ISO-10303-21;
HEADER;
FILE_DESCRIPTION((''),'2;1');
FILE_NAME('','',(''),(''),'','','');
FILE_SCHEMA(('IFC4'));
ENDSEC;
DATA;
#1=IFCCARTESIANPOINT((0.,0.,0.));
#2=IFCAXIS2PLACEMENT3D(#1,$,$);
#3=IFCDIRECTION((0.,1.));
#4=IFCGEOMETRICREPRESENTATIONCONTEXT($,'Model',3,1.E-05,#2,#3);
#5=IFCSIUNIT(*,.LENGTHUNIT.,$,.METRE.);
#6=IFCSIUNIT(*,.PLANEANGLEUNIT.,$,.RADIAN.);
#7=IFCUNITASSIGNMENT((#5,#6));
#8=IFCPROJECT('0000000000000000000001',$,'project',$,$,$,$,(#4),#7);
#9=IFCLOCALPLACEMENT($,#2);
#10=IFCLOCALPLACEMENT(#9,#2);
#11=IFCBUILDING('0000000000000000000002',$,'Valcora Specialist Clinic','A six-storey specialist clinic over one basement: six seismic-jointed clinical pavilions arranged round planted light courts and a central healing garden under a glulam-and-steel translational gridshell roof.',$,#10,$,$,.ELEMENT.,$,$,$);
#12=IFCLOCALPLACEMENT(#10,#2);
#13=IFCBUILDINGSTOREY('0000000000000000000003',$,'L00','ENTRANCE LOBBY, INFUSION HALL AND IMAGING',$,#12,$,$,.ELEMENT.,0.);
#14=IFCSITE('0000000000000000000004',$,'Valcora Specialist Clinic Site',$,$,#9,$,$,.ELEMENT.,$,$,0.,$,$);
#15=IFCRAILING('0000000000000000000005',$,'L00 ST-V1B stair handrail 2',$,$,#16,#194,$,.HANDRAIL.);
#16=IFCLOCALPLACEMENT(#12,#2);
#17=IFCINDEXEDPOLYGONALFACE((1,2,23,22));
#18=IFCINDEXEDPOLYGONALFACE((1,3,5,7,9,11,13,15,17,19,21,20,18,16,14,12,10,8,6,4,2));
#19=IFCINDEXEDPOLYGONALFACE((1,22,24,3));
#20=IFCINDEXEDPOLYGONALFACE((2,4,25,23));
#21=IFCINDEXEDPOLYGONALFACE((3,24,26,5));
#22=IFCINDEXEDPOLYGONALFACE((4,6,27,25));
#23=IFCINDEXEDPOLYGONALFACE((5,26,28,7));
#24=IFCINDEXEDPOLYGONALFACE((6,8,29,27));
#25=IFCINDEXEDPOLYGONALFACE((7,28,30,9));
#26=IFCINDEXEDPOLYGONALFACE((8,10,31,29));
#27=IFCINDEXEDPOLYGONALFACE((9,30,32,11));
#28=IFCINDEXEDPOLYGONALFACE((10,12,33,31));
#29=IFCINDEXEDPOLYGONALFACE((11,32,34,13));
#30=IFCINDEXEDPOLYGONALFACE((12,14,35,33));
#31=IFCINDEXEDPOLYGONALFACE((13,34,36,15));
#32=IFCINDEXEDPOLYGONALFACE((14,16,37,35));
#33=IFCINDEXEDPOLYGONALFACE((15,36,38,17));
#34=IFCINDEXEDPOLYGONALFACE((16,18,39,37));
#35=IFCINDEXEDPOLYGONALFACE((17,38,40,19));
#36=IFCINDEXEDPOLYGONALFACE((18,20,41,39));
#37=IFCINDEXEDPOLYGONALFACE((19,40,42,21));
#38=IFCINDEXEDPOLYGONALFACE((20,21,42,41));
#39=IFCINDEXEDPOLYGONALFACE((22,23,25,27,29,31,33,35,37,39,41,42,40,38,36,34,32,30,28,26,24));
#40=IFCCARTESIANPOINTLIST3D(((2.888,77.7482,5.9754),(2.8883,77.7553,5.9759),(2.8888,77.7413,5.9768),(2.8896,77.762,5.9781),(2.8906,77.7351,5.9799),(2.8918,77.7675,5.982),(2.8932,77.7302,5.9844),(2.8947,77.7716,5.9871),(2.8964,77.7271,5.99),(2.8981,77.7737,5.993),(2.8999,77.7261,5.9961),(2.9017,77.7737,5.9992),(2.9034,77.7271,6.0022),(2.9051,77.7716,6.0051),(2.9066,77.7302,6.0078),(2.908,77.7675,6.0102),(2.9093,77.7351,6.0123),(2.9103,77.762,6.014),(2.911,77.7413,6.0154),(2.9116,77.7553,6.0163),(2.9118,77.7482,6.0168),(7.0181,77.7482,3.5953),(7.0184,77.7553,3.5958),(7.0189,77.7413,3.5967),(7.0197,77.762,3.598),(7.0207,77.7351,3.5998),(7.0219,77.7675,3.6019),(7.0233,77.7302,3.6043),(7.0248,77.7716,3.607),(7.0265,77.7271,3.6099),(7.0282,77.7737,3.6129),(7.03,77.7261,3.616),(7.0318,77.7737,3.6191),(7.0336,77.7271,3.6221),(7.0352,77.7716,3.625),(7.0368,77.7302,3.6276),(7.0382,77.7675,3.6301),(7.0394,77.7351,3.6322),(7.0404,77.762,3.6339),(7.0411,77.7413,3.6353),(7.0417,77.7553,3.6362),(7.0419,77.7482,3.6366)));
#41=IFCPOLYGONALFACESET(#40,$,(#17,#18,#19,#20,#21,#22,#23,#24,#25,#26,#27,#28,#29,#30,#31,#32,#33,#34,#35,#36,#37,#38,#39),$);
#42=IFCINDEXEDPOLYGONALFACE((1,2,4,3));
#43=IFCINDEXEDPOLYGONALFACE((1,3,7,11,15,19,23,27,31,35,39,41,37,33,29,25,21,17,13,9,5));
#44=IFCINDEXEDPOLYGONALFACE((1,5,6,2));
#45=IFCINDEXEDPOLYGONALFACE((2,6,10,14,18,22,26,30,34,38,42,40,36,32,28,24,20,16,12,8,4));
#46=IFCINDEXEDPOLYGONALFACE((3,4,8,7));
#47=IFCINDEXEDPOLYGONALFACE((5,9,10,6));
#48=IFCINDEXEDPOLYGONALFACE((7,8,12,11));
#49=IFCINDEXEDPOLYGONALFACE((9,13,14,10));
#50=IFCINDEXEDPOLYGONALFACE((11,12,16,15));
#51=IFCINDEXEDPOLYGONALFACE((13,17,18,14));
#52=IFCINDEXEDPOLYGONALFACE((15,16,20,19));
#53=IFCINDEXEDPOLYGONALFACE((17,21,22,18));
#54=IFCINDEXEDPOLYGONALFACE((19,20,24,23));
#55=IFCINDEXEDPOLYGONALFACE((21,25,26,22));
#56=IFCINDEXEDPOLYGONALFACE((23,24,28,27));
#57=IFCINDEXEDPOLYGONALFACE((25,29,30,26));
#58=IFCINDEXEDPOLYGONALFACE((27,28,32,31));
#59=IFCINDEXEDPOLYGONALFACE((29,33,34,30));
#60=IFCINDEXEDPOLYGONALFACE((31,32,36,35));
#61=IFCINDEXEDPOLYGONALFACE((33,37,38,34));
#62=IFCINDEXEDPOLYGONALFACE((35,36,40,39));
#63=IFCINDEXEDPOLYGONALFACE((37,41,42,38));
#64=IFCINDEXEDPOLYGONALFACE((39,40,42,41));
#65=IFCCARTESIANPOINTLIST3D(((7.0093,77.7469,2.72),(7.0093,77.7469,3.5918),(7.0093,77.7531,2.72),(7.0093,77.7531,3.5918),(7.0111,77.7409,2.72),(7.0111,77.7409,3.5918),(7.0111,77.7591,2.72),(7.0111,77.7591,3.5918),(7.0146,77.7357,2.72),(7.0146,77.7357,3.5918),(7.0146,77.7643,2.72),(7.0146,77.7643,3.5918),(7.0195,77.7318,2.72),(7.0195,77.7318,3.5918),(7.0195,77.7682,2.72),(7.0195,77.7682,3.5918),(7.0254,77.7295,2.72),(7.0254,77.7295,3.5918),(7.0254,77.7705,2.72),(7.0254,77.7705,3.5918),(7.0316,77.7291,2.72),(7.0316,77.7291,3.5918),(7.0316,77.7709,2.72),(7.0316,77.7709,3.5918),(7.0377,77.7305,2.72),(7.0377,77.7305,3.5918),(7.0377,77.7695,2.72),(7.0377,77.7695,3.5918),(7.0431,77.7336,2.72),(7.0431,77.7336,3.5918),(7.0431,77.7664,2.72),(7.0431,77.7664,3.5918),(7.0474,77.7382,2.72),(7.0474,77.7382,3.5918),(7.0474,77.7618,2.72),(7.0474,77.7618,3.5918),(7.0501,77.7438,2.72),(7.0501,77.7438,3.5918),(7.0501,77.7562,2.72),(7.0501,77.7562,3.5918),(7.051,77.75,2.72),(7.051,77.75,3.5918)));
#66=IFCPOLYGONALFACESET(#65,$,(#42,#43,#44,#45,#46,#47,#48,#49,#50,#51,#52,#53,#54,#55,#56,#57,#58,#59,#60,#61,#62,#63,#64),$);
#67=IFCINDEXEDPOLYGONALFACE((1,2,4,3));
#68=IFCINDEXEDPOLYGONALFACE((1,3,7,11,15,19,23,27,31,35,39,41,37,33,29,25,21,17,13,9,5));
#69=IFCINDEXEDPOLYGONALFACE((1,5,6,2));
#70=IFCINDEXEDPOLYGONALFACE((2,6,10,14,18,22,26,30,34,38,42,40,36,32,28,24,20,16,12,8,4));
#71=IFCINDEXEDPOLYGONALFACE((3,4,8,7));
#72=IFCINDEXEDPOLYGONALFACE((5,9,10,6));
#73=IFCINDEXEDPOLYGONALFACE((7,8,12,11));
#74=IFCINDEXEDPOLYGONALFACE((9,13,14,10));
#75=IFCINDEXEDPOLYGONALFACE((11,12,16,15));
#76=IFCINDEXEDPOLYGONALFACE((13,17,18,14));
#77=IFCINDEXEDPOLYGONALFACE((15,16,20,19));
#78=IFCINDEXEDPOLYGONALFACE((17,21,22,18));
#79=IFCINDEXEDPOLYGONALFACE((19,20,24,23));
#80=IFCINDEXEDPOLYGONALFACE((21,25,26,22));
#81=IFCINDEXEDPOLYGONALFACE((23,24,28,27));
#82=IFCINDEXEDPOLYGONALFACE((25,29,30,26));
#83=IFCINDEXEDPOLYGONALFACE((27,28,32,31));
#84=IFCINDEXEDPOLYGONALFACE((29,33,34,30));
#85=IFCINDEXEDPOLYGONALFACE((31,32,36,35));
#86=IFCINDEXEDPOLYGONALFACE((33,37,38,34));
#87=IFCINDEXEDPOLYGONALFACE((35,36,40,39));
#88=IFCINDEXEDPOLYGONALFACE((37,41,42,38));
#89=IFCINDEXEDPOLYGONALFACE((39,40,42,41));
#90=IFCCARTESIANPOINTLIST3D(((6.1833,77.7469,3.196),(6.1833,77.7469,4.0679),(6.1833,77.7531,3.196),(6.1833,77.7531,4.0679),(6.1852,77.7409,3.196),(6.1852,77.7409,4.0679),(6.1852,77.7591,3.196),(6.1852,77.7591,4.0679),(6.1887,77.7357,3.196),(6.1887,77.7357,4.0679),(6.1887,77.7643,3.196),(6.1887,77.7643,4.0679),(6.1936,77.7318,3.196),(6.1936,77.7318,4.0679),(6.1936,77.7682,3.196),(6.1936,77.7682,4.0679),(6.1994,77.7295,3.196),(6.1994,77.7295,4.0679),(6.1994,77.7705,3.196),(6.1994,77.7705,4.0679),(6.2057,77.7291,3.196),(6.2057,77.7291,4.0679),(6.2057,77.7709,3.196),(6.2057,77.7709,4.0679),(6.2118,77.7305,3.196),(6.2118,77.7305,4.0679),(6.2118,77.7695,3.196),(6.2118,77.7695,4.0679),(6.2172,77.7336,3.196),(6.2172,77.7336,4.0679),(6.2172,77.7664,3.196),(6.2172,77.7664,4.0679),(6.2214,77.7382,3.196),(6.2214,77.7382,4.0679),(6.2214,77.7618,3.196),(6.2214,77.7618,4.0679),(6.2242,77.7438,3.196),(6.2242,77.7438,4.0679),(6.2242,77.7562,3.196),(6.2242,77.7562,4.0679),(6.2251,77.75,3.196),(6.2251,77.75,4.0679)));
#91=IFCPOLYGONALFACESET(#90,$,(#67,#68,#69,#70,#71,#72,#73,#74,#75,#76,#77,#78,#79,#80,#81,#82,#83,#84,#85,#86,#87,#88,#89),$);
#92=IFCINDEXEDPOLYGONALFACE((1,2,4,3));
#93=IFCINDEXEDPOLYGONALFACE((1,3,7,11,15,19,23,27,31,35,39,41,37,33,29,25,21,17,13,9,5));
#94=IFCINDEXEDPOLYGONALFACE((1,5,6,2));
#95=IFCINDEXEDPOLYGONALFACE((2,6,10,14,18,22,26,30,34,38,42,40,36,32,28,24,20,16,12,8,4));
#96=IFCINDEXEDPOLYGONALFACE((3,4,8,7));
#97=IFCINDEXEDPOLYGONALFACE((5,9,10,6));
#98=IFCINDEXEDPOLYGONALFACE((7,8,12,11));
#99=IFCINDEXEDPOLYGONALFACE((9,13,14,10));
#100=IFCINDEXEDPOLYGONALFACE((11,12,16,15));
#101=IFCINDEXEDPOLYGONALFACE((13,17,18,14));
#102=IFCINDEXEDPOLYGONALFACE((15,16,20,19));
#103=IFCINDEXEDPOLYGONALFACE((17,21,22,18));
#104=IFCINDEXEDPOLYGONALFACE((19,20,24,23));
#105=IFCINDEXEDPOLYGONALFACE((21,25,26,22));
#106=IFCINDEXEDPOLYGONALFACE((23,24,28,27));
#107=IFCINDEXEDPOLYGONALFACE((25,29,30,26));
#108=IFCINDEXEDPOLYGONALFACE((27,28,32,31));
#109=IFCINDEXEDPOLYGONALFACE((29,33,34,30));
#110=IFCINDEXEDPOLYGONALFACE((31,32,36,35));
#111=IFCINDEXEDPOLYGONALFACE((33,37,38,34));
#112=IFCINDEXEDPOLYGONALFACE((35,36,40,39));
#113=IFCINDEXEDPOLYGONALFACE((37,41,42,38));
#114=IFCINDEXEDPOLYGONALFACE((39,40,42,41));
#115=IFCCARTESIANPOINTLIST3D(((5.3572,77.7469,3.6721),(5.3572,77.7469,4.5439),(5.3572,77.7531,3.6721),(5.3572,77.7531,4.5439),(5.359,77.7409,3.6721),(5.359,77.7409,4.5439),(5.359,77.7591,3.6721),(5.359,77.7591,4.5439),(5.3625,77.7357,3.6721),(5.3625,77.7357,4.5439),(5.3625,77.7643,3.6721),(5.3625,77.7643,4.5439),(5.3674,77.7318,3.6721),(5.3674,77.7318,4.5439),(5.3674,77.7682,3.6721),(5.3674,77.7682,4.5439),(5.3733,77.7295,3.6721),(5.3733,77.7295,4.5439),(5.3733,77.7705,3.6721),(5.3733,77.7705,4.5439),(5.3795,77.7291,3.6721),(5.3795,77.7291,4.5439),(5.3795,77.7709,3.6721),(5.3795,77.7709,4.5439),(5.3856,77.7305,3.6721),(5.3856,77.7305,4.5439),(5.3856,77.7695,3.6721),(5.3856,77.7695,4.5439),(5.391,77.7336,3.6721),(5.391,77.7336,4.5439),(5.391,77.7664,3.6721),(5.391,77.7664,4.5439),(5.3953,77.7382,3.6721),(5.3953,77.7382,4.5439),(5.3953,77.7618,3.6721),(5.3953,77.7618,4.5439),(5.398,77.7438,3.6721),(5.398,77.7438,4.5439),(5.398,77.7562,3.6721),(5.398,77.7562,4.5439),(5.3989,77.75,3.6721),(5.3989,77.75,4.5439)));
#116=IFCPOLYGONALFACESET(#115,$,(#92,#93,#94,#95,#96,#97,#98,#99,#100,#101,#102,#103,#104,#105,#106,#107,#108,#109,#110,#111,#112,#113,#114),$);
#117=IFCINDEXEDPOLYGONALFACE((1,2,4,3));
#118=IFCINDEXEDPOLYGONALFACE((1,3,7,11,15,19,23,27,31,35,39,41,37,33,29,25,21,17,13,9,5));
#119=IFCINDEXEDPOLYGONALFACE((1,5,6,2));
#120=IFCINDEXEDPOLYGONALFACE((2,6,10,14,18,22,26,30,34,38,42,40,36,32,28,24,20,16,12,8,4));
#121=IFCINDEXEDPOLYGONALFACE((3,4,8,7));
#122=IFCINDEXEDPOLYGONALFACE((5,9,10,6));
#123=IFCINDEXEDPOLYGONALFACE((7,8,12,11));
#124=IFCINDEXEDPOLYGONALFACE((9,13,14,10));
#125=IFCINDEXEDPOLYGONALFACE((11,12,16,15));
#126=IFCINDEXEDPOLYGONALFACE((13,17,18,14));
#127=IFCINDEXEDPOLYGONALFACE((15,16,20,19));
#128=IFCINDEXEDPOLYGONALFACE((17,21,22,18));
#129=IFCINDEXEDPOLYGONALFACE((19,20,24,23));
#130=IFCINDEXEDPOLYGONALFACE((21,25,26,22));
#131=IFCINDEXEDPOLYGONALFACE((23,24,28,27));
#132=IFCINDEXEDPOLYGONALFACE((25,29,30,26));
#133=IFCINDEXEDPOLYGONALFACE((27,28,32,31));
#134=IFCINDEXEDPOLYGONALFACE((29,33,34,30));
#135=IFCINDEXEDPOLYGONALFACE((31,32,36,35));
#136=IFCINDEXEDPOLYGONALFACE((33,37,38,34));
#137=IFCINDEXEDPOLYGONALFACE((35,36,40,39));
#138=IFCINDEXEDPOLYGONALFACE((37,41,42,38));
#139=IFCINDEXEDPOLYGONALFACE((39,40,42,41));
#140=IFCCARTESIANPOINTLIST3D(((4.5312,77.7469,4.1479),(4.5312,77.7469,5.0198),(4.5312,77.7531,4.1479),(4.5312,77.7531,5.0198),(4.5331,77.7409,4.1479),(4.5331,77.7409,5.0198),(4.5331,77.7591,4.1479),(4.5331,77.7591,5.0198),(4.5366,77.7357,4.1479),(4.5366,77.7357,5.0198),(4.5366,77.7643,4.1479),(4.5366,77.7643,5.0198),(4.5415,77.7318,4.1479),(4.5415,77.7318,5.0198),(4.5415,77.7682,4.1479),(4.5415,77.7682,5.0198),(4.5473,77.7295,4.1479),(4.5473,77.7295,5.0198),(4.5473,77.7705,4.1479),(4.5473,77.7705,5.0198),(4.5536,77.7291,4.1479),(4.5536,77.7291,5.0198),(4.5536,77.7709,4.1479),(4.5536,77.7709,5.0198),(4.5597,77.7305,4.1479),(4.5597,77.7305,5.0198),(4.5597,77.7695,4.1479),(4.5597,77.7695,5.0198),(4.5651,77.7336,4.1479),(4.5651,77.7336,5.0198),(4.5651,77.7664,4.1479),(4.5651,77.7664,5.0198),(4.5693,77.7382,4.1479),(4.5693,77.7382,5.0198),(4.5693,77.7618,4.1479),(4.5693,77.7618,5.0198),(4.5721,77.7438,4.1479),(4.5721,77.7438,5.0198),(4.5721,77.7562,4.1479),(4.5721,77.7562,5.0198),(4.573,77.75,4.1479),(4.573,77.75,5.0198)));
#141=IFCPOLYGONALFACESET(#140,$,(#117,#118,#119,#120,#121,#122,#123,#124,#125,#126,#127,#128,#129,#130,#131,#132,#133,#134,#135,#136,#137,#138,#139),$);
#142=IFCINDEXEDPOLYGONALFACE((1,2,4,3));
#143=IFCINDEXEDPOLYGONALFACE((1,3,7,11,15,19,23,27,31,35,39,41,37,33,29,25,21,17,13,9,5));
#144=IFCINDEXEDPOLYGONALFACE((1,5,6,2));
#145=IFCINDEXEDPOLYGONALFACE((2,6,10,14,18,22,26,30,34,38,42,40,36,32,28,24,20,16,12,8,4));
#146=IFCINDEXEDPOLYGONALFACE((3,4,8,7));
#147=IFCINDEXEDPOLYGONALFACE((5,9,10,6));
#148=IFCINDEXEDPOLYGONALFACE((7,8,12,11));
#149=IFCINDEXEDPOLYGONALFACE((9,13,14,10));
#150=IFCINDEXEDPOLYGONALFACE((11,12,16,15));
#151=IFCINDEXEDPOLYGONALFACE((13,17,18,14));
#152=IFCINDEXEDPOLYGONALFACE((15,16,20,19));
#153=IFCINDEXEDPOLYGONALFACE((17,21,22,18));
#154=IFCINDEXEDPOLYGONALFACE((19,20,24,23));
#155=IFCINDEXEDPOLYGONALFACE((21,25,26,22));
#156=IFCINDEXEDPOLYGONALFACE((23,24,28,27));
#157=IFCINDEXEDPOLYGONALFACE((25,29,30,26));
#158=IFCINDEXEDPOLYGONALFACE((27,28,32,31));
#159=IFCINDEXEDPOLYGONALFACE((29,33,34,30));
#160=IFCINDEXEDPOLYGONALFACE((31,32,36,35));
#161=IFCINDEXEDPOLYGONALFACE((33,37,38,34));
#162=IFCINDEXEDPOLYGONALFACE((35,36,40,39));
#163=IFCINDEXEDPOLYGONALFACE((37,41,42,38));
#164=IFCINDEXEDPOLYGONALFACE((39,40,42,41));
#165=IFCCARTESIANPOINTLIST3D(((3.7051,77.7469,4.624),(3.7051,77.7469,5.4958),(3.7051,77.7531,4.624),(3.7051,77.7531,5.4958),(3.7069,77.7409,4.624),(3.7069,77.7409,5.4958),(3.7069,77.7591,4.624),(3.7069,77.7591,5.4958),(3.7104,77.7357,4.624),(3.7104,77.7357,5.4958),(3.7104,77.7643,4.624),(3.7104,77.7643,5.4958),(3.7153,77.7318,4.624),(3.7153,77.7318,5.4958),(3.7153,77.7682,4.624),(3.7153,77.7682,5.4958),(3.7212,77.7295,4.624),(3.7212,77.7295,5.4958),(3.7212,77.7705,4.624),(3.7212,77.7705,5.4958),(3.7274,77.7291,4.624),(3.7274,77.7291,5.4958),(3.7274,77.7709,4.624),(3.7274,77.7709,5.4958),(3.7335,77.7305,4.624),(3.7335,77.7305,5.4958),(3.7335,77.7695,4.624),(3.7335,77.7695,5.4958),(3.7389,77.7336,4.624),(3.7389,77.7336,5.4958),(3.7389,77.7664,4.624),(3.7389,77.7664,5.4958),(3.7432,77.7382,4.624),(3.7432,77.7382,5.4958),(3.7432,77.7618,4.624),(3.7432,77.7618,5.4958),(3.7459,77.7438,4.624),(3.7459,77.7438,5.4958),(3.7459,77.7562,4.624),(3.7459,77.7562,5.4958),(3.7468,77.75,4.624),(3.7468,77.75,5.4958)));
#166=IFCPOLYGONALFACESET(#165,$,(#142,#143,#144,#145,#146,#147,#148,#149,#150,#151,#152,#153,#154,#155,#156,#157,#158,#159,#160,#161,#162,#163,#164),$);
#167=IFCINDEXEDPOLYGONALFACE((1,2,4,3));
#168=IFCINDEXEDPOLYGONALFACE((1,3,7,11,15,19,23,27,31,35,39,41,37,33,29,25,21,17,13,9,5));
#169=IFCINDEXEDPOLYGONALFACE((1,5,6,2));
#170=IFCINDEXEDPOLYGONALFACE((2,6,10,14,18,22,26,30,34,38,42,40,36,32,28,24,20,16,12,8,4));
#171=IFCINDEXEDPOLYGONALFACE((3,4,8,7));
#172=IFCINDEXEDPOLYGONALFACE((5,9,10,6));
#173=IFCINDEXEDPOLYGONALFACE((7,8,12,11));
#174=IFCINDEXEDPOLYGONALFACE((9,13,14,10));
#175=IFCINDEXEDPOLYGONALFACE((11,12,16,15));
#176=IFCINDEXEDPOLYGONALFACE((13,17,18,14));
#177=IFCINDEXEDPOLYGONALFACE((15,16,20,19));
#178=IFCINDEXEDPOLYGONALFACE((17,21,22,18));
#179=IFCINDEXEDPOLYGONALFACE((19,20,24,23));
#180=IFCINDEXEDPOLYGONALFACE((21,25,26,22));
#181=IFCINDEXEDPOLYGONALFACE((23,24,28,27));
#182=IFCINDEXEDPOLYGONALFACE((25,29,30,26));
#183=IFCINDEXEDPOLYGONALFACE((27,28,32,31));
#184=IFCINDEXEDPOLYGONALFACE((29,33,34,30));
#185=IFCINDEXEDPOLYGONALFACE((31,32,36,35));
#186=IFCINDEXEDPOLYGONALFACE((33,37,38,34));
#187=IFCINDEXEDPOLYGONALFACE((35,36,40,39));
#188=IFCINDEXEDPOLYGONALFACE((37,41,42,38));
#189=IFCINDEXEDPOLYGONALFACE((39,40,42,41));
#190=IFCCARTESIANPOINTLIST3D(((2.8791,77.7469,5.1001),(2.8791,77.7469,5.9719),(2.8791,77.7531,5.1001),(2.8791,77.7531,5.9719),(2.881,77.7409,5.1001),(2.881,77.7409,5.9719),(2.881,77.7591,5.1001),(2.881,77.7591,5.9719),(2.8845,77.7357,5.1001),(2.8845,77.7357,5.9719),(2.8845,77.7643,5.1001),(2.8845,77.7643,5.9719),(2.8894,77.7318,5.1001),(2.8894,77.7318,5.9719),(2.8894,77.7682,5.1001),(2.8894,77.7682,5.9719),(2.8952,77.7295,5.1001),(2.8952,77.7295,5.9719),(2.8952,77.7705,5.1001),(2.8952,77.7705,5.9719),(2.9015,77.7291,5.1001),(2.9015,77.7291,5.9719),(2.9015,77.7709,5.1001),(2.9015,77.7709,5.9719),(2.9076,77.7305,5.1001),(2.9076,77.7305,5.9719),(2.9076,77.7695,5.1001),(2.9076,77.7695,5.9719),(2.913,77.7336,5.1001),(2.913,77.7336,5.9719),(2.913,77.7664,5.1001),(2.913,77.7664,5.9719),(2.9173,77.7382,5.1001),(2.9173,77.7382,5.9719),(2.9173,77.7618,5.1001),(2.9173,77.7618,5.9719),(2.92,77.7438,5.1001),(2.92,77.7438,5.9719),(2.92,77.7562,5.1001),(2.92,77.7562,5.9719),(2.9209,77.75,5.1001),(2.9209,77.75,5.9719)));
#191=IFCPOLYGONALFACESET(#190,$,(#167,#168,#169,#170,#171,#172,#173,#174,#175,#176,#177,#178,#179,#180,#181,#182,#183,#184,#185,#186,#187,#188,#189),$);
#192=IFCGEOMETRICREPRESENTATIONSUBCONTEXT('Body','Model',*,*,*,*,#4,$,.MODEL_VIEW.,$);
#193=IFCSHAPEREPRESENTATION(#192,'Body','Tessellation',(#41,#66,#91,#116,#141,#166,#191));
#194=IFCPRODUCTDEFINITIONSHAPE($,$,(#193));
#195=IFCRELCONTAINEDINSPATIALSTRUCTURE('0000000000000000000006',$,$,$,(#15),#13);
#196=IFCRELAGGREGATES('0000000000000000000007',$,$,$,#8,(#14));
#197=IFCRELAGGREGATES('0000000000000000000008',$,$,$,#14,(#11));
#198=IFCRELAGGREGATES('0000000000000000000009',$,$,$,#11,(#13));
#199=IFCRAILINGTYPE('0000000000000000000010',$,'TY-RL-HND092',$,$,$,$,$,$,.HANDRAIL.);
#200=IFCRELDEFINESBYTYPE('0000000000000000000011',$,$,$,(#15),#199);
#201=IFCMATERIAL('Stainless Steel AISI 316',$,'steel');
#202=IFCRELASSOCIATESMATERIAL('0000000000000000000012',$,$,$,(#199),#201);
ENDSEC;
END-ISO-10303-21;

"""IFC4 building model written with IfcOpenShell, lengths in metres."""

from ifc_helpers import new_model, si_unit, direction, frame, origin, origin_2d, place, context, subcontext, project, spatial, circle, extrude, material, type_object, element, save


model = new_model("IFC4")

# Units and contexts
model_context = context("Model", 3, precision=1e-05, world=origin(), true_north=direction((0.0, 1.0)))
body_context = subcontext(model_context, "Body", "Model", "MODEL_VIEW")
ifc_project = project(units=[si_unit("LENGTHUNIT", "METRE"), si_unit("PLANEANGLEUNIT", "RADIAN")], contexts=[model_context])

# Site, building, storey
site_placement = place(None, origin())
site = spatial("IfcSite", under=ifc_project, at=site_placement, Name="Valcora Specialist Clinic Site", CompositionType="ELEMENT", RefElevation=0.0)
building_placement = place(site_placement, origin())
building = spatial("IfcBuilding", under=site, at=building_placement, Name="Valcora Specialist Clinic", Description="A six-storey specialist clinic over one basement: six seismic-jointed clinical pavilions arranged round planted light courts and a central healing garden under a glulam-and-steel translational gridshell roof.", CompositionType="ELEMENT")
storey_placement = place(building_placement, origin())
storey = spatial("IfcBuildingStorey", under=building, at=storey_placement, Name="L00", Description="ENTRANCE LOBBY, INFUSION HALL AND IMAGING", CompositionType="ELEMENT", Elevation=0.0)

# Railing
ifc_material_1 = material(Name="Stainless Steel AISI 316", Category="steel")
railing_type_1 = type_object("IfcRailingType", Name="TY-RL-HND092", PredefinedType="HANDRAIL", material=ifc_material_1)
railing_1_placement = place(storey_placement, frame((7.03, 77.75, 2.72)))
element("IfcRailing", 1, at=railing_1_placement, inside=storey, type_object=railing_type_1, Name="L00 ST-V1B stair handrail 2", PredefinedType="HANDRAIL", context=body_context, shape_type="SweptSolid", body=[
    extrude(circle(Radius=0.0239, at=origin_2d()), frame((0.0, 0.0, 0.896), z_axis=(-0.866425, 0.0, 0.499307), x_axis=(0.0, -1.0, 0.0)), (0.0, 0.0, 1.0), 4.7668),
    extrude(circle(Radius=0.021, at=origin_2d()), origin(), (0.0, 0.0, 1.0), 0.8718),
    extrude(circle(Radius=0.021, at=origin_2d()), frame((-0.8259, 0.0, 0.4761)), (0.0, 0.0, 1.0), 0.8718),
    extrude(circle(Radius=0.021, at=origin_2d()), frame((-1.6521, 0.0, 0.9521)), (0.0, 0.0, 1.0), 0.8718),
    extrude(circle(Radius=0.021, at=origin_2d()), frame((-2.478, 0.0, 1.428)), (0.0, 0.0, 1.0), 0.8718),
    extrude(circle(Radius=0.021, at=origin_2d()), frame((-3.3042, 0.0, 1.9041)), (0.0, 0.0, 1.0), 0.8718),
    extrude(circle(Radius=0.021, at=origin_2d()), frame((-4.1301, 0.0, 2.3801)), (0.0, 0.0, 1.0), 0.8718),
])

save(model, "model.ifc")
